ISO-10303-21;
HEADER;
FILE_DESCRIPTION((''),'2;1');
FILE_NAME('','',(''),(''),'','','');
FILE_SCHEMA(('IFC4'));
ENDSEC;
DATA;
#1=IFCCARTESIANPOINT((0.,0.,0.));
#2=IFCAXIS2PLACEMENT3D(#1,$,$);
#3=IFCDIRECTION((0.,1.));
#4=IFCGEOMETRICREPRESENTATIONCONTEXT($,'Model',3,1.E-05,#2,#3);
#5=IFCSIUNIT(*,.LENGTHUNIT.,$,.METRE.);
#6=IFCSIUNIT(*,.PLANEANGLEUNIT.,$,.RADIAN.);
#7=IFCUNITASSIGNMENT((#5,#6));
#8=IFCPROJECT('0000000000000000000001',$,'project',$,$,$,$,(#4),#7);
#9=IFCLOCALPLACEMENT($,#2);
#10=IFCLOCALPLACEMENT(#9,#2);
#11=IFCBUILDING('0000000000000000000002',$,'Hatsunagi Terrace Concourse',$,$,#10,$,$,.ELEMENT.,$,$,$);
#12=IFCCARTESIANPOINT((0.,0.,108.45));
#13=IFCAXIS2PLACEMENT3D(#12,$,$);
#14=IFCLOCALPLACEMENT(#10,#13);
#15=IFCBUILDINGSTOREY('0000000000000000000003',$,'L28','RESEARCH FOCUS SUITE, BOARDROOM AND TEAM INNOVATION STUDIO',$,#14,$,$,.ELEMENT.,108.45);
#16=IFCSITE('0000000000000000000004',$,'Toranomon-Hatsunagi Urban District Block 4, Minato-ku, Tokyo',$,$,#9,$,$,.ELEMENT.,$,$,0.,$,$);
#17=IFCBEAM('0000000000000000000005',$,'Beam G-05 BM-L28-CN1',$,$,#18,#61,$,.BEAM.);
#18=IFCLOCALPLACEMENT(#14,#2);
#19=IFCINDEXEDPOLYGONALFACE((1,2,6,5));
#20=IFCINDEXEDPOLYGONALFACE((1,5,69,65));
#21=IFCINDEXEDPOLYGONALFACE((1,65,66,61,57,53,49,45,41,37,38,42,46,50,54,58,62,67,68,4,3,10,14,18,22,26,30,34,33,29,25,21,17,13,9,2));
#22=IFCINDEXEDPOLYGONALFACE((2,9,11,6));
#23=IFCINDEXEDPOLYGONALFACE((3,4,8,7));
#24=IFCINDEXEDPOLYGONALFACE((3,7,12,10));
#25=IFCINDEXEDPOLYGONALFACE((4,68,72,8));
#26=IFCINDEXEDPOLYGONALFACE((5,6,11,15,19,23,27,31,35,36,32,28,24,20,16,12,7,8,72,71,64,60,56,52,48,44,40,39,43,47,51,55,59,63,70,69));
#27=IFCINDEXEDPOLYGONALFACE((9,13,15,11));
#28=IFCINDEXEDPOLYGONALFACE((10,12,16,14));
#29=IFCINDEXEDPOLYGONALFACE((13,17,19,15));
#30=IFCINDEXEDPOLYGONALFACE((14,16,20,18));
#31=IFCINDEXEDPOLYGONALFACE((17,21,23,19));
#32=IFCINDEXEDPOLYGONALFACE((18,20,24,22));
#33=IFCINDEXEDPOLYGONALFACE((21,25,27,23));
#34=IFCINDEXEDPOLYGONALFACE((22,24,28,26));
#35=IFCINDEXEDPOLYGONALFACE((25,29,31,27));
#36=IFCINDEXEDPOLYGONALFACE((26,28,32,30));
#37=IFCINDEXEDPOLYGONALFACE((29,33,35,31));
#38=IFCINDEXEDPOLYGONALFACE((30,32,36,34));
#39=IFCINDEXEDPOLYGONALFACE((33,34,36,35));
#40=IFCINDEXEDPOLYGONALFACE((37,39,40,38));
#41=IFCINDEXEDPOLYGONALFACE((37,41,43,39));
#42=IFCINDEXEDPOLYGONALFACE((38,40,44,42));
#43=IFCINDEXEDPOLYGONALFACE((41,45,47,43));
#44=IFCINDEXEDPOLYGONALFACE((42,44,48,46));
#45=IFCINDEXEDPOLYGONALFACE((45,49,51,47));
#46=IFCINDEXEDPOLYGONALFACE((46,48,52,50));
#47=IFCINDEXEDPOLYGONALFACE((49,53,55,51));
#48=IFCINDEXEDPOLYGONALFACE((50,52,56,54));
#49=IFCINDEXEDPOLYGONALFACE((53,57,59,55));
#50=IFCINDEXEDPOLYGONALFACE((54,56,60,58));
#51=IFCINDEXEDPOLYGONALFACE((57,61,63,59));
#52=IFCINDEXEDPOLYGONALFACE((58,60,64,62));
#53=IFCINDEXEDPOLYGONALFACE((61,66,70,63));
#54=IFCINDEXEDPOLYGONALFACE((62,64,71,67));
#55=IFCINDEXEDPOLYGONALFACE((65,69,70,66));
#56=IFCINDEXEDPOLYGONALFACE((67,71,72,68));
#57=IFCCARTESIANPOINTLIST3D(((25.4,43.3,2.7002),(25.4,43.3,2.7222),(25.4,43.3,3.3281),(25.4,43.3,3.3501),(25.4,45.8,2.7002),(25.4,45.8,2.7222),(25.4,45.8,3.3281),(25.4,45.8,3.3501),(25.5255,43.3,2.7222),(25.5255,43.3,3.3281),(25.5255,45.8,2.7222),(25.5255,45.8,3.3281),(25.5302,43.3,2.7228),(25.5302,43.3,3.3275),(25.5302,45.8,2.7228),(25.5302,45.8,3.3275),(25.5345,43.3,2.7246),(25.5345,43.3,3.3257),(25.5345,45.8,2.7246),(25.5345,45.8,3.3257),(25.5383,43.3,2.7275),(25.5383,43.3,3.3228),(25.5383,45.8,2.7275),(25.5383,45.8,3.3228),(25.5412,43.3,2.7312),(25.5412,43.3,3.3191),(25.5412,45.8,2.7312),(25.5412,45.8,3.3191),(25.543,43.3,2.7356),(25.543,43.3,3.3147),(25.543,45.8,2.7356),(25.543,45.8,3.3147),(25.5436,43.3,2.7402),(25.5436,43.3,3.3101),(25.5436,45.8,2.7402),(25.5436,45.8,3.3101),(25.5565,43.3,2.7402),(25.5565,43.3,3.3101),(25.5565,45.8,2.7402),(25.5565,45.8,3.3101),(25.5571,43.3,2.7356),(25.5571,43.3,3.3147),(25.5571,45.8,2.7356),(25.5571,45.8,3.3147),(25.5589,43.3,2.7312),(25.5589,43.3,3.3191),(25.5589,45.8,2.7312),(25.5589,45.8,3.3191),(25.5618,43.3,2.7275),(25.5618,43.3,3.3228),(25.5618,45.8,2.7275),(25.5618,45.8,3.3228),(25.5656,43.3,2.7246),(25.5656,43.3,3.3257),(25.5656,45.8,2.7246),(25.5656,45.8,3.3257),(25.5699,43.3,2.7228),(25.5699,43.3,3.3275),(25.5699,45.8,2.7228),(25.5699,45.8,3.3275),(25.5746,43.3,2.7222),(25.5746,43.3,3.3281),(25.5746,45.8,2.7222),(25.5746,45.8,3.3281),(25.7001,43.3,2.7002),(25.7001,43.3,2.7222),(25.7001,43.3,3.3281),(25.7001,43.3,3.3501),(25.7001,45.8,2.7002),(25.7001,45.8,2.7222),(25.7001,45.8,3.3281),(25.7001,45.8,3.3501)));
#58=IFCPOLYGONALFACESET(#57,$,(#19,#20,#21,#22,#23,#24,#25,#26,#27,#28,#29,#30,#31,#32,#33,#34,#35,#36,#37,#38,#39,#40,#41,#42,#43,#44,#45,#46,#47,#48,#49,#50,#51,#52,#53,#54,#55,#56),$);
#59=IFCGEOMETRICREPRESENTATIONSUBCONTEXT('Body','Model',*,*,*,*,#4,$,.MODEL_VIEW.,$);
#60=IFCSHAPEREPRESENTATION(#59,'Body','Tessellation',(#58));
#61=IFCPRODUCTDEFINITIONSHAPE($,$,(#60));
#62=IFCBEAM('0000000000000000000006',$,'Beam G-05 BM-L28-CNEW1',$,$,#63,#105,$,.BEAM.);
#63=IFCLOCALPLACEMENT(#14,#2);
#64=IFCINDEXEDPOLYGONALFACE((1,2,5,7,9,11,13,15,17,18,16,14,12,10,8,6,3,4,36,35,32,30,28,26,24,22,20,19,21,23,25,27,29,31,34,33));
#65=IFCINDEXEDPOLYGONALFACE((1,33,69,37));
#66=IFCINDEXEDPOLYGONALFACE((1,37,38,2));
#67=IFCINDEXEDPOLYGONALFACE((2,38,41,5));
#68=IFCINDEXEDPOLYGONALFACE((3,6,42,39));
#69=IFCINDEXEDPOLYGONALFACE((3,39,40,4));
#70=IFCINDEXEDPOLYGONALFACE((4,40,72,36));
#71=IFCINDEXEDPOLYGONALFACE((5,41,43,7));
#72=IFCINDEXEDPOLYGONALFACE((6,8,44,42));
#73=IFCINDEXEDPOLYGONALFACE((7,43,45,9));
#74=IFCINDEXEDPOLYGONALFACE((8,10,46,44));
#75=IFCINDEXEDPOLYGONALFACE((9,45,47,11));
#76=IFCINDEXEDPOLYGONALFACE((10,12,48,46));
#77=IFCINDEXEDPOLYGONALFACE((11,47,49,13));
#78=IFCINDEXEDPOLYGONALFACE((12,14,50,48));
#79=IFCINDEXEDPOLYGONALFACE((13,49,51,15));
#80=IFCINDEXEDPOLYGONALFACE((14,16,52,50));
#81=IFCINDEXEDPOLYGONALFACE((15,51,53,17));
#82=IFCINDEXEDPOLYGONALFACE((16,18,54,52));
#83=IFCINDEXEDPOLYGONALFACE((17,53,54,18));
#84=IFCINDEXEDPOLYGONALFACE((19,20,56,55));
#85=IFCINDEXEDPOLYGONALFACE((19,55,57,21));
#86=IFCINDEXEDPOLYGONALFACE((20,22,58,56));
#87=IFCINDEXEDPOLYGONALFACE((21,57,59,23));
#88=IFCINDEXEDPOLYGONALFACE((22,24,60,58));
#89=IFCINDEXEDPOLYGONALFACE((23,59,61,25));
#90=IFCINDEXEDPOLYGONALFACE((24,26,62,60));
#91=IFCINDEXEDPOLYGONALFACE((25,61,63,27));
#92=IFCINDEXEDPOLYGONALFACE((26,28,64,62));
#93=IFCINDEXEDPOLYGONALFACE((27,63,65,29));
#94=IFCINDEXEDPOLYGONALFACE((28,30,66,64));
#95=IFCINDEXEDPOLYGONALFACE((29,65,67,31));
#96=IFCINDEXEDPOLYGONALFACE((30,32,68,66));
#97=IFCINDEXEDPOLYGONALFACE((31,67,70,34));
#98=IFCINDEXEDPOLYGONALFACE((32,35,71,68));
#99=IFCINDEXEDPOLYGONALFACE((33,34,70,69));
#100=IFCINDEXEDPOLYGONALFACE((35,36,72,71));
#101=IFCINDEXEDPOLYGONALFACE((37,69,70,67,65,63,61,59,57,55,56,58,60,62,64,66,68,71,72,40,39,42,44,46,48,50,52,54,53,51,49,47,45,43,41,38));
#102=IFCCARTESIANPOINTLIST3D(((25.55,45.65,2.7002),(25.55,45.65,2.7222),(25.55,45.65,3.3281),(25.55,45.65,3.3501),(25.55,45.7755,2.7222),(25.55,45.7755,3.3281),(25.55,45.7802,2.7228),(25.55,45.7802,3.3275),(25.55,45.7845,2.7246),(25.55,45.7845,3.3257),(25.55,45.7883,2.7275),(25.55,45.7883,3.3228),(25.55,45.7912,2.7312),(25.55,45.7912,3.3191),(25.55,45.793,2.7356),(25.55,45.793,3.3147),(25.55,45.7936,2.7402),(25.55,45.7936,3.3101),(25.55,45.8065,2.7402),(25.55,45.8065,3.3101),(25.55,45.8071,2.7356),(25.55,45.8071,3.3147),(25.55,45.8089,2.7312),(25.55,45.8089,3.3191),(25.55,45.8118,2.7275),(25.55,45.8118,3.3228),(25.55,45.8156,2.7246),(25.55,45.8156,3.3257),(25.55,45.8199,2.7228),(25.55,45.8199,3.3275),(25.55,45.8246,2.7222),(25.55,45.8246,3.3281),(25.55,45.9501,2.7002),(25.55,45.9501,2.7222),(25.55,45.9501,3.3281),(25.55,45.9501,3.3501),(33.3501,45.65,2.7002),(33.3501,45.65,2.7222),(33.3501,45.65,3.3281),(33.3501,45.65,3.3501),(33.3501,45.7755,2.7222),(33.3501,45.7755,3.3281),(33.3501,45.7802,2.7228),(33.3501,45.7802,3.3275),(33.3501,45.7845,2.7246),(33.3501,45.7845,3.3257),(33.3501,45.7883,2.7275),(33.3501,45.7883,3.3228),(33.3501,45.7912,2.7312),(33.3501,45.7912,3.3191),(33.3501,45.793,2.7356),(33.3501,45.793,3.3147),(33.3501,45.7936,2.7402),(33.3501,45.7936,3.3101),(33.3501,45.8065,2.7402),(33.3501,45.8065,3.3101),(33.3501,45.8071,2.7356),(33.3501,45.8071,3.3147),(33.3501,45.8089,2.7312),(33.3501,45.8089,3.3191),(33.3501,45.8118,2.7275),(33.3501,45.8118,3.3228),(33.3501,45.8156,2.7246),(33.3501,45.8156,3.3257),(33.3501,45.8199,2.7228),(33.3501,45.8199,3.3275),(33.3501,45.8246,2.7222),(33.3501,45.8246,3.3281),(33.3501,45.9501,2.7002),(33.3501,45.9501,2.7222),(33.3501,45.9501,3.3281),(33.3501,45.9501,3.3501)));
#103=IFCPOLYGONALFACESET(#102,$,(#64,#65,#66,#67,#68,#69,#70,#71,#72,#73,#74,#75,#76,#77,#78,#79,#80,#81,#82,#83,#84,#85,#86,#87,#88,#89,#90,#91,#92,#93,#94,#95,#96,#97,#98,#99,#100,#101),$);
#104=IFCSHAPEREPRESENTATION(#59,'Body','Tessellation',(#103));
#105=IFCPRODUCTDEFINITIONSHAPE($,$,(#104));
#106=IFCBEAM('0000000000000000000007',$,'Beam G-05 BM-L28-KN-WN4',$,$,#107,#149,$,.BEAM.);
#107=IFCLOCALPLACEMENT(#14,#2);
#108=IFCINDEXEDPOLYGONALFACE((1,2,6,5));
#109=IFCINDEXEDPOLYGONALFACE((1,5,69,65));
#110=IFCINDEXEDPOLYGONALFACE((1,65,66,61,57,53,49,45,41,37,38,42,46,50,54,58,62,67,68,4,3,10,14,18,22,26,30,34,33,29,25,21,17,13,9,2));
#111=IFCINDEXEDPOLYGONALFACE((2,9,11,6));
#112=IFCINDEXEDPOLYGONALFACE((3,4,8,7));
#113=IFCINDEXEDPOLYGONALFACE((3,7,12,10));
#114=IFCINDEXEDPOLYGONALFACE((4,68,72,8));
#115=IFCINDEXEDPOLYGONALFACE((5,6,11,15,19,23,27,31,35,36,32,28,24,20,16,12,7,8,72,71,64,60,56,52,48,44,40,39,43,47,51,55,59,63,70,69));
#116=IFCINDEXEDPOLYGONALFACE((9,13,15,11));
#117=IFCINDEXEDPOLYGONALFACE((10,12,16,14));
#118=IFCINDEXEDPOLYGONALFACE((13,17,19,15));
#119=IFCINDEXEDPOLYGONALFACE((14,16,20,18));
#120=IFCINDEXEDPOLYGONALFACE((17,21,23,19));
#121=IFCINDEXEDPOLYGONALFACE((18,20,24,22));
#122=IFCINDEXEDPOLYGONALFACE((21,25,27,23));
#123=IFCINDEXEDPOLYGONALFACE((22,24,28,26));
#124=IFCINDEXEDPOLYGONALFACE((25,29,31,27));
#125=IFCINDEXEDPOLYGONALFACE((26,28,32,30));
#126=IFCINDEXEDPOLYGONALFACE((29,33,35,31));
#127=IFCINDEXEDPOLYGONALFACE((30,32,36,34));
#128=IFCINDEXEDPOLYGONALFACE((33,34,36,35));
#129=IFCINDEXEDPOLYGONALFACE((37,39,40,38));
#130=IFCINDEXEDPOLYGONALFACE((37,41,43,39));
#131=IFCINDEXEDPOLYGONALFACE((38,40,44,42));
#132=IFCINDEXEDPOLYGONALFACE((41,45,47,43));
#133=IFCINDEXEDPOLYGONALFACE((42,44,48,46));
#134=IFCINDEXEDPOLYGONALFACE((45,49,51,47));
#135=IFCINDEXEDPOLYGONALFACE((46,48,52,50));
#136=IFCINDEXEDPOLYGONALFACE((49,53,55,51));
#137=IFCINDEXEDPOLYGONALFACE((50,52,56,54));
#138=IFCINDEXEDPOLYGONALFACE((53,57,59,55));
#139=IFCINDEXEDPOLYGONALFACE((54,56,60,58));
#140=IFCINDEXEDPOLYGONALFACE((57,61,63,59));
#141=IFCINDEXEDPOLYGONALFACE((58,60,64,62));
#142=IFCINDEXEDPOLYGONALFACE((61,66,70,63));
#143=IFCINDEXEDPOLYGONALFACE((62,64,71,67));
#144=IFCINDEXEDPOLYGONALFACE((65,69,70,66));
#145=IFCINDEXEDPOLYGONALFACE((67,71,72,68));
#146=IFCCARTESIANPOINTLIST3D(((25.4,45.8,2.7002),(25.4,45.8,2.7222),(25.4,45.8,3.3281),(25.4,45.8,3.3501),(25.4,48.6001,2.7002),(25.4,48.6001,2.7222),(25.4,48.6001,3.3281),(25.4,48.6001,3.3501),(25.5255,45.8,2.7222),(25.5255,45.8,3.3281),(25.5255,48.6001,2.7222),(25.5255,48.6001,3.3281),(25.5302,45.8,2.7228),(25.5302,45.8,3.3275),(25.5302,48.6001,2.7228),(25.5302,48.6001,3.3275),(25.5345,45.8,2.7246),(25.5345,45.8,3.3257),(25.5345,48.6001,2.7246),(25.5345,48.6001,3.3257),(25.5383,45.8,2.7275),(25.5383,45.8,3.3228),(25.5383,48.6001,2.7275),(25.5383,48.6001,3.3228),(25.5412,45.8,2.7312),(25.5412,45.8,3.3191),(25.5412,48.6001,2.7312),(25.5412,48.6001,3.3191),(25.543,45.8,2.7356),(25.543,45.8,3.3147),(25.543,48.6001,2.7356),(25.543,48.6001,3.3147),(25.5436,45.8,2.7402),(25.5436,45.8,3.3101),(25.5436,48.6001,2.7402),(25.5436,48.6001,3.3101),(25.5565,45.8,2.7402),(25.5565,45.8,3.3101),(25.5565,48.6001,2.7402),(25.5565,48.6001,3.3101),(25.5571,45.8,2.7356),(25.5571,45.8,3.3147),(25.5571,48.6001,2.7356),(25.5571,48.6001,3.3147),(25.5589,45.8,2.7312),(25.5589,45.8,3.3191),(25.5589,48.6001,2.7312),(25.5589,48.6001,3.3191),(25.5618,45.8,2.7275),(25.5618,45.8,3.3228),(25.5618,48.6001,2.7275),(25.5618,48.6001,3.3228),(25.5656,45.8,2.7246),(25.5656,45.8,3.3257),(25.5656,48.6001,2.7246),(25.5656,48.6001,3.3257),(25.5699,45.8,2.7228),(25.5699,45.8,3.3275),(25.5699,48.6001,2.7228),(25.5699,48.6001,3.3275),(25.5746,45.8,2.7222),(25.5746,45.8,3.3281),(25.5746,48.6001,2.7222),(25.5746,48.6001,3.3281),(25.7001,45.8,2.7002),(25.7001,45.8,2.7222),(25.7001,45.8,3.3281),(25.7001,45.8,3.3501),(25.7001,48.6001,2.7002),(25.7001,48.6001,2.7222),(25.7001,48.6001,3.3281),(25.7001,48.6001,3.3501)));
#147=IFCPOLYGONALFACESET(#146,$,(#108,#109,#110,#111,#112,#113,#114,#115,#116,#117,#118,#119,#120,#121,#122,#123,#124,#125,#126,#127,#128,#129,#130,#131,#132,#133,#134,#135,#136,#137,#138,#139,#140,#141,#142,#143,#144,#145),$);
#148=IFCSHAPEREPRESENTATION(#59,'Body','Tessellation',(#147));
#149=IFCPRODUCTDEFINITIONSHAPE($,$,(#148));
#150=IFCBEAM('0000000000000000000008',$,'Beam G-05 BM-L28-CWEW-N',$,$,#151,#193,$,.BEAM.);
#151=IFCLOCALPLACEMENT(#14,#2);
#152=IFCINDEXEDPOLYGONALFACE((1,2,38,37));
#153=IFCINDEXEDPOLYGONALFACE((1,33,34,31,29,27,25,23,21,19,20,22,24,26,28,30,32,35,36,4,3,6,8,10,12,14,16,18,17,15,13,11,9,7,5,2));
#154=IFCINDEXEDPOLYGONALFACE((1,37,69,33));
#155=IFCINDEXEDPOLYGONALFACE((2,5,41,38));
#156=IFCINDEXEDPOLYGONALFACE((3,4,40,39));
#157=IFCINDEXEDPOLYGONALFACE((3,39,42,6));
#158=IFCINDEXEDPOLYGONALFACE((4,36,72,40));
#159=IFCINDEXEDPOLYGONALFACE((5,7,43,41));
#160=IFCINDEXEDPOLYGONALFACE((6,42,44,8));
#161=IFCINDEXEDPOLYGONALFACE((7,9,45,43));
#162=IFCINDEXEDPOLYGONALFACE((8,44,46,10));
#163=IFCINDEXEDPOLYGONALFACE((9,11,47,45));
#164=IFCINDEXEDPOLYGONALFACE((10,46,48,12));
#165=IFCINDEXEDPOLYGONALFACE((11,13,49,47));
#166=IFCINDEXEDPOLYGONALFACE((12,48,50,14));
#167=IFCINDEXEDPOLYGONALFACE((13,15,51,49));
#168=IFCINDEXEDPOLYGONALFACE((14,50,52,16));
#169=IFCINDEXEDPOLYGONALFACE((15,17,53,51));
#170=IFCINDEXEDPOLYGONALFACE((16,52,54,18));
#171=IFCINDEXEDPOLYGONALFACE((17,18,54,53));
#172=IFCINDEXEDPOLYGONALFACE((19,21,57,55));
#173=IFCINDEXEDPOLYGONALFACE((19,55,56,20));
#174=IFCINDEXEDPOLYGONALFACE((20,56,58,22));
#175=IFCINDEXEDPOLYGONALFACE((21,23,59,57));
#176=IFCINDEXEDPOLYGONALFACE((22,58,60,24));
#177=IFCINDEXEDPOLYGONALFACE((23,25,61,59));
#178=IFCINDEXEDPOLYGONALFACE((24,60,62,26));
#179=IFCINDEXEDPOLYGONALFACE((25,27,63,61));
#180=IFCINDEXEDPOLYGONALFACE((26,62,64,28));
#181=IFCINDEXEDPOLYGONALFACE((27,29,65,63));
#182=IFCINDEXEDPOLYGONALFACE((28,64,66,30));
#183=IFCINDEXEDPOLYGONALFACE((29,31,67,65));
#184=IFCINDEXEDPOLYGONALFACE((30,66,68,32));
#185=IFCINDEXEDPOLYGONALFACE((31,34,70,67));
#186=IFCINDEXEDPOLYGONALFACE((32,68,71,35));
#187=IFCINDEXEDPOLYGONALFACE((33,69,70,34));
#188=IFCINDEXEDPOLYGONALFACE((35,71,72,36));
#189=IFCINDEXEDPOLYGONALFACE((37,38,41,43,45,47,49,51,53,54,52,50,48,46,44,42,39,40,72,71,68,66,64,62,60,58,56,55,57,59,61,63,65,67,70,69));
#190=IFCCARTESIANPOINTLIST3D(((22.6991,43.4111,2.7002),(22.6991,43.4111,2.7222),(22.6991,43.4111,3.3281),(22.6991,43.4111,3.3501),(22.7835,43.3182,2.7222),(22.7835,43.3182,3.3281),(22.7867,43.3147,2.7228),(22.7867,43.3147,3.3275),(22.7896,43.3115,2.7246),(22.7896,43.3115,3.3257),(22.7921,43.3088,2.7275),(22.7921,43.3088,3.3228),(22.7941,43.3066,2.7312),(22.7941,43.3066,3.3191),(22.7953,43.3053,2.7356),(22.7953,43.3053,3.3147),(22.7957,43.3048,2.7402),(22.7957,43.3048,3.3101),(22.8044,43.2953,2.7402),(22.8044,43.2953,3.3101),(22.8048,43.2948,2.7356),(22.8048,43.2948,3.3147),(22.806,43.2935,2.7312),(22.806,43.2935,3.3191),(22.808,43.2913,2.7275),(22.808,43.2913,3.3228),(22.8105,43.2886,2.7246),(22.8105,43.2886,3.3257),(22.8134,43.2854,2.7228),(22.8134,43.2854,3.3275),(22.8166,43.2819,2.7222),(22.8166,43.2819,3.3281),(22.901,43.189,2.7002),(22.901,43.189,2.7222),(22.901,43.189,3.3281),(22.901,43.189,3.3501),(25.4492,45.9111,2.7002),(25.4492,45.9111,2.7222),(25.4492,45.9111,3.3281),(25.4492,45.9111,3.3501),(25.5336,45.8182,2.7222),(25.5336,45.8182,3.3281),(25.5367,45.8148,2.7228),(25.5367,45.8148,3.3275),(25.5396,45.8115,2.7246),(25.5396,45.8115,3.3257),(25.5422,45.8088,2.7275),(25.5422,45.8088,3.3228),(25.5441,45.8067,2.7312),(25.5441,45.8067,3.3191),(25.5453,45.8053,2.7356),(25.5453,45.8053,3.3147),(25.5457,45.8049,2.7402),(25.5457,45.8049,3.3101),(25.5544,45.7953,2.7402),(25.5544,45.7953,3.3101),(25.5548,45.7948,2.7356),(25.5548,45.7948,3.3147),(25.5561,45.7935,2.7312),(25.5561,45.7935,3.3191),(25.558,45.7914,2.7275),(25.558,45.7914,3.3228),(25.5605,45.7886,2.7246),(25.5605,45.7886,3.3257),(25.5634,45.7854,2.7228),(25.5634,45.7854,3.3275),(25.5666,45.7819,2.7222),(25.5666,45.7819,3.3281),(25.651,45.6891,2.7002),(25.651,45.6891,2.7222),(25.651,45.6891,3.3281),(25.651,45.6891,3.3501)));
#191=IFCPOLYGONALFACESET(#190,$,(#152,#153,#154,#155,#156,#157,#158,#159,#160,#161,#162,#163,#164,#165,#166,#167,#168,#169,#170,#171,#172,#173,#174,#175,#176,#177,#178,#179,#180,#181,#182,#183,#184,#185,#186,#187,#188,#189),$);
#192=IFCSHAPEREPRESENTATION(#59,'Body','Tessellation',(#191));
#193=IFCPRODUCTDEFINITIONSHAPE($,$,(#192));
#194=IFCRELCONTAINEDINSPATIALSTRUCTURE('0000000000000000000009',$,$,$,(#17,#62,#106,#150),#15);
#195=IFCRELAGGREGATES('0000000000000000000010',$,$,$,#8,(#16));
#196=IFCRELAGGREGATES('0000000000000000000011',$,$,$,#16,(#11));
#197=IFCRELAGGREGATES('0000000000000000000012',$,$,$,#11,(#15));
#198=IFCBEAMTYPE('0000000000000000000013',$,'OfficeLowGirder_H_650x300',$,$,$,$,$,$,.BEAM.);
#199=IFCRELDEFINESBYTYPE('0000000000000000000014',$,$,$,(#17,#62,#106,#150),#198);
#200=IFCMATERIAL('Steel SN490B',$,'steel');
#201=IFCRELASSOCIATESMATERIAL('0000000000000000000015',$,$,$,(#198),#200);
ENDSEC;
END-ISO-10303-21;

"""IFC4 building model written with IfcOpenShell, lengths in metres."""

from ifc_helpers import new_model, si_unit, direction, frame, origin, origin_2d, place, context, subcontext, project, spatial, i_section, extrude, material, material_profile, profile_set, type_object, element, save


model = new_model("IFC4")

# Units and contexts
model_context = context("Model", 3, precision=1e-05, world=origin(), true_north=direction((0.0, 1.0)))
body_context = subcontext(model_context, "Body", "Model", "MODEL_VIEW")
ifc_project = project(units=[si_unit("LENGTHUNIT", "METRE"), si_unit("PLANEANGLEUNIT", "RADIAN")], contexts=[model_context])

# Site, building, storey
site_placement = place(None, origin())
site = spatial("IfcSite", under=ifc_project, at=site_placement, Name="Toranomon-Hatsunagi Urban District Block 4, Minato-ku, Tokyo", CompositionType="ELEMENT", RefElevation=0.0)
building_placement = place(site_placement, origin())
building = spatial("IfcBuilding", under=site, at=building_placement, Name="Hatsunagi Terrace Concourse", CompositionType="ELEMENT")
storey_placement = place(building_placement, frame((0.0, 0.0, 108.45)))
storey = spatial("IfcBuildingStorey", under=building, at=storey_placement, Name="L28", Description="RESEARCH FOCUS SUITE, BOARDROOM AND TEAM INNOVATION STUDIO", CompositionType="ELEMENT", Elevation=108.45)

# Beams
ifc_material_1 = material(Name="Steel SN490B", Category="steel")
ifc_material_profile_1 = material_profile(ifc_material_1, i_section(OverallWidth=0.3, OverallDepth=0.6499, WebThickness=0.0129, FlangeThickness=0.022, FilletRadius=0.0181, at=origin_2d()), Name="H-650x300x13x22")
ifc_profile_set_1 = profile_set([ifc_material_profile_1], Name="Steel SN490B")
beam_type_1 = type_object("IfcBeamType", Name="OfficeLowGirder_H_650x300", PredefinedType="BEAM", material=ifc_profile_set_1)
beam_1_placement = place(storey_placement, frame((25.55, 43.3, 3.0251), z_axis=(0.0, 1.0, 0.0), x_axis=(-1.0, 0.0, 0.0)))
element("IfcBeam", 1, at=beam_1_placement, inside=storey, type_object=beam_type_1, Name="Beam G-05 BM-L28-CN1", PredefinedType="BEAM", context=body_context, shape_type="SweptSolid", body=[
    extrude(i_section(OverallWidth=0.3, OverallDepth=0.6499, WebThickness=0.0129, FlangeThickness=0.022, FilletRadius=0.0181, at=origin_2d()), origin(), (0.0, 0.0, 1.0), 2.5),
])
beam_2_placement = place(storey_placement, frame((25.55, 45.8, 3.0251), z_axis=(1.0, 0.0, 0.0), x_axis=(0.0, 1.0, 0.0)))
element("IfcBeam", 2, at=beam_2_placement, inside=storey, type_object=beam_type_1, Name="Beam G-05 BM-L28-CNEW1", PredefinedType="BEAM", context=body_context, shape_type="SweptSolid", body=[
    extrude(i_section(OverallWidth=0.3, OverallDepth=0.6499, WebThickness=0.0129, FlangeThickness=0.022, FilletRadius=0.0181, at=origin_2d()), origin(), (0.0, 0.0, 1.0), 7.8),
])
beam_3_placement = place(storey_placement, frame((25.55, 45.8, 3.0251), z_axis=(0.0, 1.0, 0.0), x_axis=(-1.0, 0.0, 0.0)))
element("IfcBeam", 3, at=beam_3_placement, inside=storey, type_object=beam_type_1, Name="Beam G-05 BM-L28-KN-WN4", PredefinedType="BEAM", context=body_context, shape_type="SweptSolid", body=[
    extrude(i_section(OverallWidth=0.3, OverallDepth=0.6499, WebThickness=0.0129, FlangeThickness=0.022, FilletRadius=0.0181, at=origin_2d()), origin(), (0.0, 0.0, 1.0), 2.8),
])
beam_4_placement = place(storey_placement, frame((22.8, 43.3, 3.0251), z_axis=(0.73994, 0.672673, 0.0), x_axis=(-0.672673, 0.73994, 0.0)))
element("IfcBeam", 4, at=beam_4_placement, inside=storey, type_object=beam_type_1, Name="Beam G-05 BM-L28-CWEW-N", PredefinedType="BEAM", context=body_context, shape_type="SweptSolid", body=[
    extrude(i_section(OverallWidth=0.3, OverallDepth=0.6499, WebThickness=0.0129, FlangeThickness=0.022, FilletRadius=0.0181, at=origin_2d()), origin(), (0.0, 0.0, 1.0), 3.7166),
])

save(model, "model.ifc")
